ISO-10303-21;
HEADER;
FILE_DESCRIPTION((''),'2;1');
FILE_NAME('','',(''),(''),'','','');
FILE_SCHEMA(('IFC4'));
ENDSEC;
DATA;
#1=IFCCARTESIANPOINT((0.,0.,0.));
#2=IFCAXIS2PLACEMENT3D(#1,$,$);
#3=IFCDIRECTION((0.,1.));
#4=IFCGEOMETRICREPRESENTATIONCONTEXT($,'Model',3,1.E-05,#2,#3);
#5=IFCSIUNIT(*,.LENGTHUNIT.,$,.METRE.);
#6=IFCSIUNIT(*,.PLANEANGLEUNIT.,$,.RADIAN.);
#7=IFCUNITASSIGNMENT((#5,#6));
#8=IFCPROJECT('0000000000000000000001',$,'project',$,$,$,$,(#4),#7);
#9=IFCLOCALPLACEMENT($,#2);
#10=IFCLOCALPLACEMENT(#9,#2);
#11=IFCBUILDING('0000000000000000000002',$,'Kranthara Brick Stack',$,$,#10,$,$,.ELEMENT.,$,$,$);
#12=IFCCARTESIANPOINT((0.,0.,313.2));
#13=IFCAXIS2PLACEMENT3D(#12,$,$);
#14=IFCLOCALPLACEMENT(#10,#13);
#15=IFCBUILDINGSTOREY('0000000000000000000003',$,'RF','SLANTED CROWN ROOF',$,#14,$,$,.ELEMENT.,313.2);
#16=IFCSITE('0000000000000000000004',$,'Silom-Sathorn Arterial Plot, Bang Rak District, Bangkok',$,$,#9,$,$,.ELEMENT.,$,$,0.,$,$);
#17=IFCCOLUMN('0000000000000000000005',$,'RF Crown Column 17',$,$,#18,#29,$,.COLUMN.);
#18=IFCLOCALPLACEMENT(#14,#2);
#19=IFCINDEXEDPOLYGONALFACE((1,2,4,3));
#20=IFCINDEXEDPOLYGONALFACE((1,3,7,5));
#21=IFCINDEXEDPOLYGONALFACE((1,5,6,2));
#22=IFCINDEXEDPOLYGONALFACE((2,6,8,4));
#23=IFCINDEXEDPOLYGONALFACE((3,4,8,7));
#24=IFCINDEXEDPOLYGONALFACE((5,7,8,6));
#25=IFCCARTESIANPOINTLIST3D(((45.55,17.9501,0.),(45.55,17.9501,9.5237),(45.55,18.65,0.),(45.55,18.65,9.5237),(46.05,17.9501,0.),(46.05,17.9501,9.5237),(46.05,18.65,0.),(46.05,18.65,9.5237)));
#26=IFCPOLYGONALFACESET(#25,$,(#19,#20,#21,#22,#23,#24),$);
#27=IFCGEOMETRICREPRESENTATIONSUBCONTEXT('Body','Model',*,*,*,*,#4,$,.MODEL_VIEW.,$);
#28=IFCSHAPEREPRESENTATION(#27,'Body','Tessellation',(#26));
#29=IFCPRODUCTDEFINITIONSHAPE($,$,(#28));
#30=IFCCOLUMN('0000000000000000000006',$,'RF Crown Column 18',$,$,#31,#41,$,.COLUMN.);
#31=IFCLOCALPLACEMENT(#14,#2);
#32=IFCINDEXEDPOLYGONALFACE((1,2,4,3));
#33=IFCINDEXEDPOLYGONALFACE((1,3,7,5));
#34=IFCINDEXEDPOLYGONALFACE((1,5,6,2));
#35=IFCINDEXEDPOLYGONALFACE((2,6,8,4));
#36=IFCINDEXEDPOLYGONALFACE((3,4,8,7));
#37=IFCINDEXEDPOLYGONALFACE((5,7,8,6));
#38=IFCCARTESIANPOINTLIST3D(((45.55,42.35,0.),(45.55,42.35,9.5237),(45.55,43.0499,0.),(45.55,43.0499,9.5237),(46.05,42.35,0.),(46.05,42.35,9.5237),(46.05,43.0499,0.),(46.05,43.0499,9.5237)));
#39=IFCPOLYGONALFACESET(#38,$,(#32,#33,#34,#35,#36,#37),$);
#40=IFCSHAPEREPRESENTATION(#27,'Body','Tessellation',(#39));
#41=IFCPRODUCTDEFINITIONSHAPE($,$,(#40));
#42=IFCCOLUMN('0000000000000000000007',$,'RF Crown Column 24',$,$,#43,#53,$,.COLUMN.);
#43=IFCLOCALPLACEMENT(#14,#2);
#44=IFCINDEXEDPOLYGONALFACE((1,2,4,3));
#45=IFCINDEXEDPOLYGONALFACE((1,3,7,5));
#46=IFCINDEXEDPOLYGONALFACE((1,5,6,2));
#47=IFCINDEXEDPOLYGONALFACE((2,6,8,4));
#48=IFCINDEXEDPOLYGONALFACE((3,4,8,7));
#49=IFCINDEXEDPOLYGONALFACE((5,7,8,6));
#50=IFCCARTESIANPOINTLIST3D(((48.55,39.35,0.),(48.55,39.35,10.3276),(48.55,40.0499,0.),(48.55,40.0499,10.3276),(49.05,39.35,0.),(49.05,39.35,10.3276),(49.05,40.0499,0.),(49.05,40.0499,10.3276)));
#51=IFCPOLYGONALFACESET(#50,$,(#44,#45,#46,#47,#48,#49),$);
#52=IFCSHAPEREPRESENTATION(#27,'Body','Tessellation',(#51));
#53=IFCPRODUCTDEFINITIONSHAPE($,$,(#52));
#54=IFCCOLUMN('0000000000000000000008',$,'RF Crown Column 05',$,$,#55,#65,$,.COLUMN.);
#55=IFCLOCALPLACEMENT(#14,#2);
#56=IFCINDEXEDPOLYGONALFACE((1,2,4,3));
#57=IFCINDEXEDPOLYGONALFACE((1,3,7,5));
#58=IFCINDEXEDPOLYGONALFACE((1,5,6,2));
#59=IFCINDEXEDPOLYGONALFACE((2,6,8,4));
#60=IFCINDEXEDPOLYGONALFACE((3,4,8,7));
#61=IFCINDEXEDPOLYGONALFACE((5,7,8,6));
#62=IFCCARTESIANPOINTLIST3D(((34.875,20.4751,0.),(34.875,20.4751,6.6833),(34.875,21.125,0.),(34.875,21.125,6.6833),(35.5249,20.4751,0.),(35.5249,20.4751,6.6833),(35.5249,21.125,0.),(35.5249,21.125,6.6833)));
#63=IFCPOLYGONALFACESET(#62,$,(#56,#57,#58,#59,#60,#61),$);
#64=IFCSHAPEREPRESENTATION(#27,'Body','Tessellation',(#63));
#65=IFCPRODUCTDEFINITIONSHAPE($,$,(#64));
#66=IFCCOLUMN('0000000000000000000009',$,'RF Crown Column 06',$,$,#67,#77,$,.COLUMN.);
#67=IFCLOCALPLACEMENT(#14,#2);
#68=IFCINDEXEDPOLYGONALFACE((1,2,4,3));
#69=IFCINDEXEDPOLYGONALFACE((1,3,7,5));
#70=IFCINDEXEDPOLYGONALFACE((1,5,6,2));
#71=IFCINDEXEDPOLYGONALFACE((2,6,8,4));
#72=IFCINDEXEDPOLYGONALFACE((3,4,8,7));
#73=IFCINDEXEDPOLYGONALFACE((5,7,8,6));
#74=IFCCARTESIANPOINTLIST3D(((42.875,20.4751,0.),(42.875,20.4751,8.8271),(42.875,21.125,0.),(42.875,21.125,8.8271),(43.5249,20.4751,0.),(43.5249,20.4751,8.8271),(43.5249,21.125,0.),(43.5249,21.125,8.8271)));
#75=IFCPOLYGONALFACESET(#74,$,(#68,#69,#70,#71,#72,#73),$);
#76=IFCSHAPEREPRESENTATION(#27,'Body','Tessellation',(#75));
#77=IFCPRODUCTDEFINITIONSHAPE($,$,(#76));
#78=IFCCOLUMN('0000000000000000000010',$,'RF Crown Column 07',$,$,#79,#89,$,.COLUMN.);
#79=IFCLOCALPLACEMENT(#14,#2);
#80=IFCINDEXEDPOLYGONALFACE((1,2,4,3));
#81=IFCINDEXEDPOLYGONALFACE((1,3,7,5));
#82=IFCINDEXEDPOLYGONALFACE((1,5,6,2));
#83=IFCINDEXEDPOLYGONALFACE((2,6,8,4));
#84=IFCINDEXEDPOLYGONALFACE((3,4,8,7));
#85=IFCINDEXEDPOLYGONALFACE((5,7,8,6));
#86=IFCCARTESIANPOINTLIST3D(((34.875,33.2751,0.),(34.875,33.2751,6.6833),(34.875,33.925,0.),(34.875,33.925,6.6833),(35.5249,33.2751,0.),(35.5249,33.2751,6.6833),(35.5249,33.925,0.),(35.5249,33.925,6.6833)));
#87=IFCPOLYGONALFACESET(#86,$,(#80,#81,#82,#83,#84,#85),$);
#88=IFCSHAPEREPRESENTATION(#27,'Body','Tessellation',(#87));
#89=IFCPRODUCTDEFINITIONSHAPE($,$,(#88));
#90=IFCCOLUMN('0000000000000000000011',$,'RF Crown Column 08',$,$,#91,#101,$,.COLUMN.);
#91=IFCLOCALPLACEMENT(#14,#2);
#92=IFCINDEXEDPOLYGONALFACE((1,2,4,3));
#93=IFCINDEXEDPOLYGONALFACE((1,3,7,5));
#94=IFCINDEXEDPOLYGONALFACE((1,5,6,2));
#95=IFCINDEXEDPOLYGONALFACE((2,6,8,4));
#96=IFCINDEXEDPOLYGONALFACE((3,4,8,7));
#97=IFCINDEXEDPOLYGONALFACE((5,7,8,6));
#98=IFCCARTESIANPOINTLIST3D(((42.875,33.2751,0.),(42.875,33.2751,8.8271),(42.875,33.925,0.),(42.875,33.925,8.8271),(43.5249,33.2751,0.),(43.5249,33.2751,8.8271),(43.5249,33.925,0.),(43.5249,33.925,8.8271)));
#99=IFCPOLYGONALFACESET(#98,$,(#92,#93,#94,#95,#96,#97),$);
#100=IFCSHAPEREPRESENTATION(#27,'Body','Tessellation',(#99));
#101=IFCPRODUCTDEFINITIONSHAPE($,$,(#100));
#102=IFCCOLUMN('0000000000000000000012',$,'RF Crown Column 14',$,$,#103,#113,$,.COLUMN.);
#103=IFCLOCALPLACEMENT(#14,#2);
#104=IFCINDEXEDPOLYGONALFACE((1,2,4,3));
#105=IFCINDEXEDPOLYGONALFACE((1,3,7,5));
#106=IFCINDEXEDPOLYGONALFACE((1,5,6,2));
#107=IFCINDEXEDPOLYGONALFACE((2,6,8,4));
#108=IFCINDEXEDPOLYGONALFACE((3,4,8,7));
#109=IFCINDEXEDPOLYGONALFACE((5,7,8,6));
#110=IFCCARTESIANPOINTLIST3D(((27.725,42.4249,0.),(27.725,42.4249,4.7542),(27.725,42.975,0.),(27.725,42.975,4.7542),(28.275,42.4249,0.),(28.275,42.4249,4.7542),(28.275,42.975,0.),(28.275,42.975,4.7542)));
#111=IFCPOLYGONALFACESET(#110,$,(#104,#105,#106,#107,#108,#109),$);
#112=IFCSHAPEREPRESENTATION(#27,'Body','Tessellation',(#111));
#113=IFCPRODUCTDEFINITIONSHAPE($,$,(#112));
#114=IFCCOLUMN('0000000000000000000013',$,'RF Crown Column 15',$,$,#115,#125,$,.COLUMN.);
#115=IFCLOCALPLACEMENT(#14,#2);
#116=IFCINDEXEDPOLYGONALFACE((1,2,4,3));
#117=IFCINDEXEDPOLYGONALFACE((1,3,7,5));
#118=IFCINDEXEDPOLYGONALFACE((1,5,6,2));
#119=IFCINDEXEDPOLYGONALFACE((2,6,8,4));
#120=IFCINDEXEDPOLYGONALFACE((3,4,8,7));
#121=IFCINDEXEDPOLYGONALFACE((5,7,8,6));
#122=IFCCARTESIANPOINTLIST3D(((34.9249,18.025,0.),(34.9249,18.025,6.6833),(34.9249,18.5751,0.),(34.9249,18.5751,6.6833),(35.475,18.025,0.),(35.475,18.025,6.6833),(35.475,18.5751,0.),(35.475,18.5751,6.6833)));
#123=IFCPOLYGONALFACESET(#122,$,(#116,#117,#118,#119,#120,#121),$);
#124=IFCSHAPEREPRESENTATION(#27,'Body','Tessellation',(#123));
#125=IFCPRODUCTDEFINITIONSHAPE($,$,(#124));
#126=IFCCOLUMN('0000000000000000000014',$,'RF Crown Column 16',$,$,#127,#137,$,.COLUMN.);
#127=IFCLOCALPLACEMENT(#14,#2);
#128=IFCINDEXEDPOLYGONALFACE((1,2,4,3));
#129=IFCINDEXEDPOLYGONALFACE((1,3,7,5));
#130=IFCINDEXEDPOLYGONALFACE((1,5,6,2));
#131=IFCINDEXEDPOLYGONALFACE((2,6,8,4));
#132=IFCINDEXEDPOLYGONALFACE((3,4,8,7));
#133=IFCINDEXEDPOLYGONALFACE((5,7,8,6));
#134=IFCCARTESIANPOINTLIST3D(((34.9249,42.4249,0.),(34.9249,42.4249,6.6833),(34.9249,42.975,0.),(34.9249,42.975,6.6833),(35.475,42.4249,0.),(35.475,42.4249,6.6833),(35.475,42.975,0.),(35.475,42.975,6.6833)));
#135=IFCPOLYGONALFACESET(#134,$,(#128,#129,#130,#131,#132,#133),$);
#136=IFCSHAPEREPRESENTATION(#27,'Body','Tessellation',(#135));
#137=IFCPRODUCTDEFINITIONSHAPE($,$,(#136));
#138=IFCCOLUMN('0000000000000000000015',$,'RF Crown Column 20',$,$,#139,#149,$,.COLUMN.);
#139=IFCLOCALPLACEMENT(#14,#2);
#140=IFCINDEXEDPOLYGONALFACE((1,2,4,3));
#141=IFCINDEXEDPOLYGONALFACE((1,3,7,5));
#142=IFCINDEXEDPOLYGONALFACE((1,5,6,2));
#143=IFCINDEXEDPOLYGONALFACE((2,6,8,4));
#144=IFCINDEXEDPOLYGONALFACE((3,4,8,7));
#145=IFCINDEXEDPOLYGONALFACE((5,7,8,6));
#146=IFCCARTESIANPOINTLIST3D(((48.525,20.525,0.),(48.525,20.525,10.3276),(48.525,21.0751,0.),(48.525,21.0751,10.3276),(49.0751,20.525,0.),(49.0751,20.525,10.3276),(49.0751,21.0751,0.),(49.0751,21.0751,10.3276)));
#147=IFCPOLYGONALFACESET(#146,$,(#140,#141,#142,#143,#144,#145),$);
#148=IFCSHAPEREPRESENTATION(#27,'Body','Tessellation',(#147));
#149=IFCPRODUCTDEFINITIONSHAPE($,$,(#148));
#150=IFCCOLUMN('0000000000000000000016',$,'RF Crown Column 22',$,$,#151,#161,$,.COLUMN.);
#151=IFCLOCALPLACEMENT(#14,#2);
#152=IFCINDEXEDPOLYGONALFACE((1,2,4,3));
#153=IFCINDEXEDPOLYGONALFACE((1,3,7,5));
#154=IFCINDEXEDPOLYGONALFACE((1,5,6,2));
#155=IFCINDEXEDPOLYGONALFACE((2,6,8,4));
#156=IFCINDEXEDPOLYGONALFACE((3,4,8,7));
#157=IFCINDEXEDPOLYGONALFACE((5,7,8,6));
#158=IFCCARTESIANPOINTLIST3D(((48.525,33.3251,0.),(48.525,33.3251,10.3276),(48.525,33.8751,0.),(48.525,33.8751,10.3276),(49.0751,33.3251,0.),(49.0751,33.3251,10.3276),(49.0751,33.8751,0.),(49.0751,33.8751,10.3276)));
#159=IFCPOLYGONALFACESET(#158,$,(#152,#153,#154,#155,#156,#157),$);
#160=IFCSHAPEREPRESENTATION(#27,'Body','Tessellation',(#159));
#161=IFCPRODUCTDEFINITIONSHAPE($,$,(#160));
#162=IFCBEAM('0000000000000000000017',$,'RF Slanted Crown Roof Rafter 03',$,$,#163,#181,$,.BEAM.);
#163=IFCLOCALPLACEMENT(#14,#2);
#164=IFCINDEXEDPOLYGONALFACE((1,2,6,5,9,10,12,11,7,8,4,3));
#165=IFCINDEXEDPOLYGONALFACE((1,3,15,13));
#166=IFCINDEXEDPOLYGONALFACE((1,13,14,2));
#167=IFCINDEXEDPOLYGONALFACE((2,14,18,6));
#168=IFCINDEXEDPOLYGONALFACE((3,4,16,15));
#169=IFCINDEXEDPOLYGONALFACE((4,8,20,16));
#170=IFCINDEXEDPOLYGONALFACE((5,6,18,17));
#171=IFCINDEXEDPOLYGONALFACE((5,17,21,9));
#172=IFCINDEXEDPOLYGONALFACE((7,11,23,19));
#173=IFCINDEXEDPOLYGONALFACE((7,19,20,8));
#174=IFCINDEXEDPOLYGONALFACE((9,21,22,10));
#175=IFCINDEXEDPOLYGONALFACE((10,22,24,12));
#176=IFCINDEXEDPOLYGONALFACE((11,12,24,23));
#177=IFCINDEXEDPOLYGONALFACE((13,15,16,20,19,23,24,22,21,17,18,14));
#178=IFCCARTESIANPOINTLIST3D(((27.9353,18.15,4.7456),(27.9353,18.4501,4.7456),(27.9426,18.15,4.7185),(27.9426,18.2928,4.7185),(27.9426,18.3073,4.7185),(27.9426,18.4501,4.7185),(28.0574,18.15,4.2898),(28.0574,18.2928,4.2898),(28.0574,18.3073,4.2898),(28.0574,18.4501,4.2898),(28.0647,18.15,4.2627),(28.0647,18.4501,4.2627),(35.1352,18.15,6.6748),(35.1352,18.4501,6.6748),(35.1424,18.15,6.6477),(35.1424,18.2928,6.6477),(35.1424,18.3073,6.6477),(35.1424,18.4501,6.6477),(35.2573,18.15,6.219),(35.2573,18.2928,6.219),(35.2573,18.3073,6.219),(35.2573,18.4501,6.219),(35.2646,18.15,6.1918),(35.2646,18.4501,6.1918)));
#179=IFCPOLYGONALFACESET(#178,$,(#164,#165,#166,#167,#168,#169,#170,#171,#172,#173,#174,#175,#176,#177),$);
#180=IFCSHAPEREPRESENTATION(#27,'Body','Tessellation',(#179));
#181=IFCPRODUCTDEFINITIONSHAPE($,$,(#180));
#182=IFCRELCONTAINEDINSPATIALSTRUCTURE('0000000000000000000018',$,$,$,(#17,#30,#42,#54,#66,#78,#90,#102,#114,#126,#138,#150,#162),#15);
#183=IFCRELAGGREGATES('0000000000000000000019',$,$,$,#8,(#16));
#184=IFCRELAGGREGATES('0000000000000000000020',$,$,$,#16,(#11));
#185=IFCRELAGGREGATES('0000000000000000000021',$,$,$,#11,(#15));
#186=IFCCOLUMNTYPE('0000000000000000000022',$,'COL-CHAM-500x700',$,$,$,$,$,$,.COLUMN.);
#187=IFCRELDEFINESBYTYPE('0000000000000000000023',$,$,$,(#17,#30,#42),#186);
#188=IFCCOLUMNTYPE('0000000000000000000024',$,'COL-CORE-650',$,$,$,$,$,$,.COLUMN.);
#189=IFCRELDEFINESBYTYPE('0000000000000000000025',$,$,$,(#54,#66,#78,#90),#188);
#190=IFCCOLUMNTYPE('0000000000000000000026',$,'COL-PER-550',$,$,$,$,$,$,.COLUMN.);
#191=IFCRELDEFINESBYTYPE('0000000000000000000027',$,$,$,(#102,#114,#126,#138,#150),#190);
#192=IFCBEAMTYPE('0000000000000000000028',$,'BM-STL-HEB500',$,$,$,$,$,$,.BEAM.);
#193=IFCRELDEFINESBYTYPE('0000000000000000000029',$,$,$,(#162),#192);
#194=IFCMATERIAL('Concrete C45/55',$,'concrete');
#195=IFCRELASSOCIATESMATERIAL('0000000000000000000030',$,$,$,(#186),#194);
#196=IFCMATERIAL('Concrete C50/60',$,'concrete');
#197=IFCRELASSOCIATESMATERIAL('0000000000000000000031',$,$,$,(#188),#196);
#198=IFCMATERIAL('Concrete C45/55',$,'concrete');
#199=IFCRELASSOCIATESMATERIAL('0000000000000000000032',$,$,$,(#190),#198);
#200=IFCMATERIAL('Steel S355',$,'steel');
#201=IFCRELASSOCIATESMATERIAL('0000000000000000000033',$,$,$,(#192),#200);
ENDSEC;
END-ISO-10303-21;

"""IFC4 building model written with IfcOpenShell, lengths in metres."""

from ifc_helpers import new_model, si_unit, direction, frame, origin, origin_2d, place, context, subcontext, project, spatial, rectangle, i_section, extrude, material, material_profile, profile_set, type_object, element, save


model = new_model("IFC4")

# Units and contexts
model_context = context("Model", 3, precision=1e-05, world=origin(), true_north=direction((0.0, 1.0)))
body_context = subcontext(model_context, "Body", "Model", "MODEL_VIEW")
ifc_project = project(units=[si_unit("LENGTHUNIT", "METRE"), si_unit("PLANEANGLEUNIT", "RADIAN")], contexts=[model_context])

# Site, building, storey
site_placement = place(None, origin())
site = spatial("IfcSite", under=ifc_project, at=site_placement, Name="Silom-Sathorn Arterial Plot, Bang Rak District, Bangkok", CompositionType="ELEMENT", RefElevation=0.0)
building_placement = place(site_placement, origin())
building = spatial("IfcBuilding", under=site, at=building_placement, Name="Kranthara Brick Stack", CompositionType="ELEMENT")
storey_placement = place(building_placement, frame((0.0, 0.0, 313.2)))
storey = spatial("IfcBuildingStorey", under=building, at=storey_placement, Name="RF", Description="SLANTED CROWN ROOF", CompositionType="ELEMENT", Elevation=313.2)

# Columns
ifc_material_1 = material(Name="Concrete C45/55", Category="concrete")
ifc_material_profile_1 = material_profile(ifc_material_1, rectangle(XDim=0.5, YDim=0.7, at=origin_2d()), Name="RC 500x700")
ifc_profile_set_1 = profile_set([ifc_material_profile_1], Name="Concrete C45/55")
column_type_1 = type_object("IfcColumnType", Name="COL-CHAM-500x700", PredefinedType="COLUMN", material=ifc_profile_set_1)
for number, where, z_axis, x_axis, name in (
    (1, (45.8, 18.3, 0.0), (0.0, 0.0, 1.0), (1.0, 0.0, 0.0), "RF Crown Column 17"),
    (2, (45.8, 42.7, 0.0), (0.0, 0.0, 1.0), (1.0, 0.0, 0.0), "RF Crown Column 18"),
):
    element("IfcColumn", number, at=place(storey_placement, frame(where, z_axis=z_axis, x_axis=x_axis)), inside=storey, type_object=column_type_1, Name=name, PredefinedType="COLUMN", context=body_context, shape_type="SweptSolid", body=[
        extrude(rectangle(XDim=0.5, YDim=0.7, at=origin_2d()), origin(), (0.0, 0.0, 1.0), 9.5237),
    ])
column_1_placement = place(storey_placement, frame((48.8, 39.7, 0.0), z_axis=(0.0, 0.0, 1.0), x_axis=(1.0, 0.0, 0.0)))
element("IfcColumn", 3, at=column_1_placement, inside=storey, type_object=column_type_1, Name="RF Crown Column 24", PredefinedType="COLUMN", context=body_context, shape_type="SweptSolid", body=[
    extrude(rectangle(XDim=0.5, YDim=0.7, at=origin_2d()), origin(), (0.0, 0.0, 1.0), 10.3276),
])
ifc_material_2 = material(Name="Concrete C50/60", Category="concrete")
ifc_material_profile_2 = material_profile(ifc_material_2, rectangle(XDim=0.6499, YDim=0.6499, at=origin_2d()), Name="RC 650x650")
ifc_profile_set_2 = profile_set([ifc_material_profile_2], Name="Concrete C50/60")
column_type_2 = type_object("IfcColumnType", Name="COL-CORE-650", PredefinedType="COLUMN", material=ifc_profile_set_2)
column_2_placement = place(storey_placement, frame((35.2, 20.8, 0.0), z_axis=(0.0, 0.0, 1.0), x_axis=(1.0, 0.0, 0.0)))
element("IfcColumn", 4, at=column_2_placement, inside=storey, type_object=column_type_2, Name="RF Crown Column 05", PredefinedType="COLUMN", context=body_context, shape_type="SweptSolid", body=[
    extrude(rectangle(XDim=0.6499, YDim=0.6499, at=origin_2d()), origin(), (0.0, 0.0, 1.0), 6.6833),
])
column_3_placement = place(storey_placement, frame((43.2, 20.8, 0.0), z_axis=(0.0, 0.0, 1.0), x_axis=(1.0, 0.0, 0.0)))
element("IfcColumn", 5, at=column_3_placement, inside=storey, type_object=column_type_2, Name="RF Crown Column 06", PredefinedType="COLUMN", context=body_context, shape_type="SweptSolid", body=[
    extrude(rectangle(XDim=0.6499, YDim=0.6499, at=origin_2d()), origin(), (0.0, 0.0, 1.0), 8.8271),
])
column_4_placement = place(storey_placement, frame((35.2, 33.6001, 0.0), z_axis=(0.0, 0.0, 1.0), x_axis=(1.0, 0.0, 0.0)))
element("IfcColumn", 6, at=column_4_placement, inside=storey, type_object=column_type_2, Name="RF Crown Column 07", PredefinedType="COLUMN", context=body_context, shape_type="SweptSolid", body=[
    extrude(rectangle(XDim=0.6499, YDim=0.6499, at=origin_2d()), origin(), (0.0, 0.0, 1.0), 6.6833),
])
column_5_placement = place(storey_placement, frame((43.2, 33.6001, 0.0), z_axis=(0.0, 0.0, 1.0), x_axis=(1.0, 0.0, 0.0)))
element("IfcColumn", 7, at=column_5_placement, inside=storey, type_object=column_type_2, Name="RF Crown Column 08", PredefinedType="COLUMN", context=body_context, shape_type="SweptSolid", body=[
    extrude(rectangle(XDim=0.6499, YDim=0.6499, at=origin_2d()), origin(), (0.0, 0.0, 1.0), 8.8271),
])
ifc_material_3 = material(Name="Concrete C45/55", Category="concrete")
ifc_material_profile_3 = material_profile(ifc_material_3, rectangle(XDim=0.55, YDim=0.55, at=origin_2d()), Name="RC 550x550")
ifc_profile_set_3 = profile_set([ifc_material_profile_3], Name="Concrete C45/55")
column_type_3 = type_object("IfcColumnType", Name="COL-PER-550", PredefinedType="COLUMN", material=ifc_profile_set_3)
column_6_placement = place(storey_placement, frame((28.0, 42.7, 0.0), z_axis=(0.0, 0.0, 1.0), x_axis=(1.0, 0.0, 0.0)))
element("IfcColumn", 8, at=column_6_placement, inside=storey, type_object=column_type_3, Name="RF Crown Column 14", PredefinedType="COLUMN", context=body_context, shape_type="SweptSolid", body=[
    extrude(rectangle(XDim=0.55, YDim=0.55, at=origin_2d()), origin(), (0.0, 0.0, 1.0), 4.7542),
])
for number, where, z_axis, x_axis, name in (
    (9, (35.2, 18.3, 0.0), (0.0, 0.0, 1.0), (1.0, 0.0, 0.0), "RF Crown Column 15"),
    (10, (35.2, 42.7, 0.0), (0.0, 0.0, 1.0), (1.0, 0.0, 0.0), "RF Crown Column 16"),
):
    element("IfcColumn", number, at=place(storey_placement, frame(where, z_axis=z_axis, x_axis=x_axis)), inside=storey, type_object=column_type_3, Name=name, PredefinedType="COLUMN", context=body_context, shape_type="SweptSolid", body=[
        extrude(rectangle(XDim=0.55, YDim=0.55, at=origin_2d()), origin(), (0.0, 0.0, 1.0), 6.6833),
    ])
for number, where, z_axis, x_axis, name in (
    (11, (48.8, 20.8, 0.0), (0.0, 0.0, 1.0), (1.0, 0.0, 0.0), "RF Crown Column 20"),
    (12, (48.8, 33.6001, 0.0), (0.0, 0.0, 1.0), (1.0, 0.0, 0.0), "RF Crown Column 22"),
):
    element("IfcColumn", number, at=place(storey_placement, frame(where, z_axis=z_axis, x_axis=x_axis)), inside=storey, type_object=column_type_3, Name=name, PredefinedType="COLUMN", context=body_context, shape_type="SweptSolid", body=[
        extrude(rectangle(XDim=0.55, YDim=0.55, at=origin_2d()), origin(), (0.0, 0.0, 1.0), 10.3276),
    ])

# Beam
ifc_material_4 = material(Name="Steel S355", Category="steel")
ifc_material_profile_4 = material_profile(ifc_material_4, i_section(OverallWidth=0.3, OverallDepth=0.5, WebThickness=0.0144, FlangeThickness=0.0281, at=origin_2d()), Name="HEB 500")
ifc_profile_set_4 = profile_set([ifc_material_profile_4], Name="Steel S355")
beam_type = type_object("IfcBeamType", Name="BM-STL-HEB500", PredefinedType="BEAM", material=ifc_profile_set_4)
beam_1_placement = place(storey_placement, frame((28.0, 18.3, 4.5042), z_axis=(0.965927, 0.0, 0.258816), x_axis=(0.0, 1.0, 0.0)))
element("IfcBeam", 13, at=beam_1_placement, inside=storey, type_object=beam_type, Name="RF Slanted Crown Roof Rafter 03", PredefinedType="BEAM", context=body_context, shape_type="SweptSolid", body=[
    extrude(i_section(OverallWidth=0.3, OverallDepth=0.5, WebThickness=0.0144, FlangeThickness=0.0281, at=origin_2d()), origin(), (0.0, 0.0, 1.0), 7.4539),
])

save(model, "model.ifc")
